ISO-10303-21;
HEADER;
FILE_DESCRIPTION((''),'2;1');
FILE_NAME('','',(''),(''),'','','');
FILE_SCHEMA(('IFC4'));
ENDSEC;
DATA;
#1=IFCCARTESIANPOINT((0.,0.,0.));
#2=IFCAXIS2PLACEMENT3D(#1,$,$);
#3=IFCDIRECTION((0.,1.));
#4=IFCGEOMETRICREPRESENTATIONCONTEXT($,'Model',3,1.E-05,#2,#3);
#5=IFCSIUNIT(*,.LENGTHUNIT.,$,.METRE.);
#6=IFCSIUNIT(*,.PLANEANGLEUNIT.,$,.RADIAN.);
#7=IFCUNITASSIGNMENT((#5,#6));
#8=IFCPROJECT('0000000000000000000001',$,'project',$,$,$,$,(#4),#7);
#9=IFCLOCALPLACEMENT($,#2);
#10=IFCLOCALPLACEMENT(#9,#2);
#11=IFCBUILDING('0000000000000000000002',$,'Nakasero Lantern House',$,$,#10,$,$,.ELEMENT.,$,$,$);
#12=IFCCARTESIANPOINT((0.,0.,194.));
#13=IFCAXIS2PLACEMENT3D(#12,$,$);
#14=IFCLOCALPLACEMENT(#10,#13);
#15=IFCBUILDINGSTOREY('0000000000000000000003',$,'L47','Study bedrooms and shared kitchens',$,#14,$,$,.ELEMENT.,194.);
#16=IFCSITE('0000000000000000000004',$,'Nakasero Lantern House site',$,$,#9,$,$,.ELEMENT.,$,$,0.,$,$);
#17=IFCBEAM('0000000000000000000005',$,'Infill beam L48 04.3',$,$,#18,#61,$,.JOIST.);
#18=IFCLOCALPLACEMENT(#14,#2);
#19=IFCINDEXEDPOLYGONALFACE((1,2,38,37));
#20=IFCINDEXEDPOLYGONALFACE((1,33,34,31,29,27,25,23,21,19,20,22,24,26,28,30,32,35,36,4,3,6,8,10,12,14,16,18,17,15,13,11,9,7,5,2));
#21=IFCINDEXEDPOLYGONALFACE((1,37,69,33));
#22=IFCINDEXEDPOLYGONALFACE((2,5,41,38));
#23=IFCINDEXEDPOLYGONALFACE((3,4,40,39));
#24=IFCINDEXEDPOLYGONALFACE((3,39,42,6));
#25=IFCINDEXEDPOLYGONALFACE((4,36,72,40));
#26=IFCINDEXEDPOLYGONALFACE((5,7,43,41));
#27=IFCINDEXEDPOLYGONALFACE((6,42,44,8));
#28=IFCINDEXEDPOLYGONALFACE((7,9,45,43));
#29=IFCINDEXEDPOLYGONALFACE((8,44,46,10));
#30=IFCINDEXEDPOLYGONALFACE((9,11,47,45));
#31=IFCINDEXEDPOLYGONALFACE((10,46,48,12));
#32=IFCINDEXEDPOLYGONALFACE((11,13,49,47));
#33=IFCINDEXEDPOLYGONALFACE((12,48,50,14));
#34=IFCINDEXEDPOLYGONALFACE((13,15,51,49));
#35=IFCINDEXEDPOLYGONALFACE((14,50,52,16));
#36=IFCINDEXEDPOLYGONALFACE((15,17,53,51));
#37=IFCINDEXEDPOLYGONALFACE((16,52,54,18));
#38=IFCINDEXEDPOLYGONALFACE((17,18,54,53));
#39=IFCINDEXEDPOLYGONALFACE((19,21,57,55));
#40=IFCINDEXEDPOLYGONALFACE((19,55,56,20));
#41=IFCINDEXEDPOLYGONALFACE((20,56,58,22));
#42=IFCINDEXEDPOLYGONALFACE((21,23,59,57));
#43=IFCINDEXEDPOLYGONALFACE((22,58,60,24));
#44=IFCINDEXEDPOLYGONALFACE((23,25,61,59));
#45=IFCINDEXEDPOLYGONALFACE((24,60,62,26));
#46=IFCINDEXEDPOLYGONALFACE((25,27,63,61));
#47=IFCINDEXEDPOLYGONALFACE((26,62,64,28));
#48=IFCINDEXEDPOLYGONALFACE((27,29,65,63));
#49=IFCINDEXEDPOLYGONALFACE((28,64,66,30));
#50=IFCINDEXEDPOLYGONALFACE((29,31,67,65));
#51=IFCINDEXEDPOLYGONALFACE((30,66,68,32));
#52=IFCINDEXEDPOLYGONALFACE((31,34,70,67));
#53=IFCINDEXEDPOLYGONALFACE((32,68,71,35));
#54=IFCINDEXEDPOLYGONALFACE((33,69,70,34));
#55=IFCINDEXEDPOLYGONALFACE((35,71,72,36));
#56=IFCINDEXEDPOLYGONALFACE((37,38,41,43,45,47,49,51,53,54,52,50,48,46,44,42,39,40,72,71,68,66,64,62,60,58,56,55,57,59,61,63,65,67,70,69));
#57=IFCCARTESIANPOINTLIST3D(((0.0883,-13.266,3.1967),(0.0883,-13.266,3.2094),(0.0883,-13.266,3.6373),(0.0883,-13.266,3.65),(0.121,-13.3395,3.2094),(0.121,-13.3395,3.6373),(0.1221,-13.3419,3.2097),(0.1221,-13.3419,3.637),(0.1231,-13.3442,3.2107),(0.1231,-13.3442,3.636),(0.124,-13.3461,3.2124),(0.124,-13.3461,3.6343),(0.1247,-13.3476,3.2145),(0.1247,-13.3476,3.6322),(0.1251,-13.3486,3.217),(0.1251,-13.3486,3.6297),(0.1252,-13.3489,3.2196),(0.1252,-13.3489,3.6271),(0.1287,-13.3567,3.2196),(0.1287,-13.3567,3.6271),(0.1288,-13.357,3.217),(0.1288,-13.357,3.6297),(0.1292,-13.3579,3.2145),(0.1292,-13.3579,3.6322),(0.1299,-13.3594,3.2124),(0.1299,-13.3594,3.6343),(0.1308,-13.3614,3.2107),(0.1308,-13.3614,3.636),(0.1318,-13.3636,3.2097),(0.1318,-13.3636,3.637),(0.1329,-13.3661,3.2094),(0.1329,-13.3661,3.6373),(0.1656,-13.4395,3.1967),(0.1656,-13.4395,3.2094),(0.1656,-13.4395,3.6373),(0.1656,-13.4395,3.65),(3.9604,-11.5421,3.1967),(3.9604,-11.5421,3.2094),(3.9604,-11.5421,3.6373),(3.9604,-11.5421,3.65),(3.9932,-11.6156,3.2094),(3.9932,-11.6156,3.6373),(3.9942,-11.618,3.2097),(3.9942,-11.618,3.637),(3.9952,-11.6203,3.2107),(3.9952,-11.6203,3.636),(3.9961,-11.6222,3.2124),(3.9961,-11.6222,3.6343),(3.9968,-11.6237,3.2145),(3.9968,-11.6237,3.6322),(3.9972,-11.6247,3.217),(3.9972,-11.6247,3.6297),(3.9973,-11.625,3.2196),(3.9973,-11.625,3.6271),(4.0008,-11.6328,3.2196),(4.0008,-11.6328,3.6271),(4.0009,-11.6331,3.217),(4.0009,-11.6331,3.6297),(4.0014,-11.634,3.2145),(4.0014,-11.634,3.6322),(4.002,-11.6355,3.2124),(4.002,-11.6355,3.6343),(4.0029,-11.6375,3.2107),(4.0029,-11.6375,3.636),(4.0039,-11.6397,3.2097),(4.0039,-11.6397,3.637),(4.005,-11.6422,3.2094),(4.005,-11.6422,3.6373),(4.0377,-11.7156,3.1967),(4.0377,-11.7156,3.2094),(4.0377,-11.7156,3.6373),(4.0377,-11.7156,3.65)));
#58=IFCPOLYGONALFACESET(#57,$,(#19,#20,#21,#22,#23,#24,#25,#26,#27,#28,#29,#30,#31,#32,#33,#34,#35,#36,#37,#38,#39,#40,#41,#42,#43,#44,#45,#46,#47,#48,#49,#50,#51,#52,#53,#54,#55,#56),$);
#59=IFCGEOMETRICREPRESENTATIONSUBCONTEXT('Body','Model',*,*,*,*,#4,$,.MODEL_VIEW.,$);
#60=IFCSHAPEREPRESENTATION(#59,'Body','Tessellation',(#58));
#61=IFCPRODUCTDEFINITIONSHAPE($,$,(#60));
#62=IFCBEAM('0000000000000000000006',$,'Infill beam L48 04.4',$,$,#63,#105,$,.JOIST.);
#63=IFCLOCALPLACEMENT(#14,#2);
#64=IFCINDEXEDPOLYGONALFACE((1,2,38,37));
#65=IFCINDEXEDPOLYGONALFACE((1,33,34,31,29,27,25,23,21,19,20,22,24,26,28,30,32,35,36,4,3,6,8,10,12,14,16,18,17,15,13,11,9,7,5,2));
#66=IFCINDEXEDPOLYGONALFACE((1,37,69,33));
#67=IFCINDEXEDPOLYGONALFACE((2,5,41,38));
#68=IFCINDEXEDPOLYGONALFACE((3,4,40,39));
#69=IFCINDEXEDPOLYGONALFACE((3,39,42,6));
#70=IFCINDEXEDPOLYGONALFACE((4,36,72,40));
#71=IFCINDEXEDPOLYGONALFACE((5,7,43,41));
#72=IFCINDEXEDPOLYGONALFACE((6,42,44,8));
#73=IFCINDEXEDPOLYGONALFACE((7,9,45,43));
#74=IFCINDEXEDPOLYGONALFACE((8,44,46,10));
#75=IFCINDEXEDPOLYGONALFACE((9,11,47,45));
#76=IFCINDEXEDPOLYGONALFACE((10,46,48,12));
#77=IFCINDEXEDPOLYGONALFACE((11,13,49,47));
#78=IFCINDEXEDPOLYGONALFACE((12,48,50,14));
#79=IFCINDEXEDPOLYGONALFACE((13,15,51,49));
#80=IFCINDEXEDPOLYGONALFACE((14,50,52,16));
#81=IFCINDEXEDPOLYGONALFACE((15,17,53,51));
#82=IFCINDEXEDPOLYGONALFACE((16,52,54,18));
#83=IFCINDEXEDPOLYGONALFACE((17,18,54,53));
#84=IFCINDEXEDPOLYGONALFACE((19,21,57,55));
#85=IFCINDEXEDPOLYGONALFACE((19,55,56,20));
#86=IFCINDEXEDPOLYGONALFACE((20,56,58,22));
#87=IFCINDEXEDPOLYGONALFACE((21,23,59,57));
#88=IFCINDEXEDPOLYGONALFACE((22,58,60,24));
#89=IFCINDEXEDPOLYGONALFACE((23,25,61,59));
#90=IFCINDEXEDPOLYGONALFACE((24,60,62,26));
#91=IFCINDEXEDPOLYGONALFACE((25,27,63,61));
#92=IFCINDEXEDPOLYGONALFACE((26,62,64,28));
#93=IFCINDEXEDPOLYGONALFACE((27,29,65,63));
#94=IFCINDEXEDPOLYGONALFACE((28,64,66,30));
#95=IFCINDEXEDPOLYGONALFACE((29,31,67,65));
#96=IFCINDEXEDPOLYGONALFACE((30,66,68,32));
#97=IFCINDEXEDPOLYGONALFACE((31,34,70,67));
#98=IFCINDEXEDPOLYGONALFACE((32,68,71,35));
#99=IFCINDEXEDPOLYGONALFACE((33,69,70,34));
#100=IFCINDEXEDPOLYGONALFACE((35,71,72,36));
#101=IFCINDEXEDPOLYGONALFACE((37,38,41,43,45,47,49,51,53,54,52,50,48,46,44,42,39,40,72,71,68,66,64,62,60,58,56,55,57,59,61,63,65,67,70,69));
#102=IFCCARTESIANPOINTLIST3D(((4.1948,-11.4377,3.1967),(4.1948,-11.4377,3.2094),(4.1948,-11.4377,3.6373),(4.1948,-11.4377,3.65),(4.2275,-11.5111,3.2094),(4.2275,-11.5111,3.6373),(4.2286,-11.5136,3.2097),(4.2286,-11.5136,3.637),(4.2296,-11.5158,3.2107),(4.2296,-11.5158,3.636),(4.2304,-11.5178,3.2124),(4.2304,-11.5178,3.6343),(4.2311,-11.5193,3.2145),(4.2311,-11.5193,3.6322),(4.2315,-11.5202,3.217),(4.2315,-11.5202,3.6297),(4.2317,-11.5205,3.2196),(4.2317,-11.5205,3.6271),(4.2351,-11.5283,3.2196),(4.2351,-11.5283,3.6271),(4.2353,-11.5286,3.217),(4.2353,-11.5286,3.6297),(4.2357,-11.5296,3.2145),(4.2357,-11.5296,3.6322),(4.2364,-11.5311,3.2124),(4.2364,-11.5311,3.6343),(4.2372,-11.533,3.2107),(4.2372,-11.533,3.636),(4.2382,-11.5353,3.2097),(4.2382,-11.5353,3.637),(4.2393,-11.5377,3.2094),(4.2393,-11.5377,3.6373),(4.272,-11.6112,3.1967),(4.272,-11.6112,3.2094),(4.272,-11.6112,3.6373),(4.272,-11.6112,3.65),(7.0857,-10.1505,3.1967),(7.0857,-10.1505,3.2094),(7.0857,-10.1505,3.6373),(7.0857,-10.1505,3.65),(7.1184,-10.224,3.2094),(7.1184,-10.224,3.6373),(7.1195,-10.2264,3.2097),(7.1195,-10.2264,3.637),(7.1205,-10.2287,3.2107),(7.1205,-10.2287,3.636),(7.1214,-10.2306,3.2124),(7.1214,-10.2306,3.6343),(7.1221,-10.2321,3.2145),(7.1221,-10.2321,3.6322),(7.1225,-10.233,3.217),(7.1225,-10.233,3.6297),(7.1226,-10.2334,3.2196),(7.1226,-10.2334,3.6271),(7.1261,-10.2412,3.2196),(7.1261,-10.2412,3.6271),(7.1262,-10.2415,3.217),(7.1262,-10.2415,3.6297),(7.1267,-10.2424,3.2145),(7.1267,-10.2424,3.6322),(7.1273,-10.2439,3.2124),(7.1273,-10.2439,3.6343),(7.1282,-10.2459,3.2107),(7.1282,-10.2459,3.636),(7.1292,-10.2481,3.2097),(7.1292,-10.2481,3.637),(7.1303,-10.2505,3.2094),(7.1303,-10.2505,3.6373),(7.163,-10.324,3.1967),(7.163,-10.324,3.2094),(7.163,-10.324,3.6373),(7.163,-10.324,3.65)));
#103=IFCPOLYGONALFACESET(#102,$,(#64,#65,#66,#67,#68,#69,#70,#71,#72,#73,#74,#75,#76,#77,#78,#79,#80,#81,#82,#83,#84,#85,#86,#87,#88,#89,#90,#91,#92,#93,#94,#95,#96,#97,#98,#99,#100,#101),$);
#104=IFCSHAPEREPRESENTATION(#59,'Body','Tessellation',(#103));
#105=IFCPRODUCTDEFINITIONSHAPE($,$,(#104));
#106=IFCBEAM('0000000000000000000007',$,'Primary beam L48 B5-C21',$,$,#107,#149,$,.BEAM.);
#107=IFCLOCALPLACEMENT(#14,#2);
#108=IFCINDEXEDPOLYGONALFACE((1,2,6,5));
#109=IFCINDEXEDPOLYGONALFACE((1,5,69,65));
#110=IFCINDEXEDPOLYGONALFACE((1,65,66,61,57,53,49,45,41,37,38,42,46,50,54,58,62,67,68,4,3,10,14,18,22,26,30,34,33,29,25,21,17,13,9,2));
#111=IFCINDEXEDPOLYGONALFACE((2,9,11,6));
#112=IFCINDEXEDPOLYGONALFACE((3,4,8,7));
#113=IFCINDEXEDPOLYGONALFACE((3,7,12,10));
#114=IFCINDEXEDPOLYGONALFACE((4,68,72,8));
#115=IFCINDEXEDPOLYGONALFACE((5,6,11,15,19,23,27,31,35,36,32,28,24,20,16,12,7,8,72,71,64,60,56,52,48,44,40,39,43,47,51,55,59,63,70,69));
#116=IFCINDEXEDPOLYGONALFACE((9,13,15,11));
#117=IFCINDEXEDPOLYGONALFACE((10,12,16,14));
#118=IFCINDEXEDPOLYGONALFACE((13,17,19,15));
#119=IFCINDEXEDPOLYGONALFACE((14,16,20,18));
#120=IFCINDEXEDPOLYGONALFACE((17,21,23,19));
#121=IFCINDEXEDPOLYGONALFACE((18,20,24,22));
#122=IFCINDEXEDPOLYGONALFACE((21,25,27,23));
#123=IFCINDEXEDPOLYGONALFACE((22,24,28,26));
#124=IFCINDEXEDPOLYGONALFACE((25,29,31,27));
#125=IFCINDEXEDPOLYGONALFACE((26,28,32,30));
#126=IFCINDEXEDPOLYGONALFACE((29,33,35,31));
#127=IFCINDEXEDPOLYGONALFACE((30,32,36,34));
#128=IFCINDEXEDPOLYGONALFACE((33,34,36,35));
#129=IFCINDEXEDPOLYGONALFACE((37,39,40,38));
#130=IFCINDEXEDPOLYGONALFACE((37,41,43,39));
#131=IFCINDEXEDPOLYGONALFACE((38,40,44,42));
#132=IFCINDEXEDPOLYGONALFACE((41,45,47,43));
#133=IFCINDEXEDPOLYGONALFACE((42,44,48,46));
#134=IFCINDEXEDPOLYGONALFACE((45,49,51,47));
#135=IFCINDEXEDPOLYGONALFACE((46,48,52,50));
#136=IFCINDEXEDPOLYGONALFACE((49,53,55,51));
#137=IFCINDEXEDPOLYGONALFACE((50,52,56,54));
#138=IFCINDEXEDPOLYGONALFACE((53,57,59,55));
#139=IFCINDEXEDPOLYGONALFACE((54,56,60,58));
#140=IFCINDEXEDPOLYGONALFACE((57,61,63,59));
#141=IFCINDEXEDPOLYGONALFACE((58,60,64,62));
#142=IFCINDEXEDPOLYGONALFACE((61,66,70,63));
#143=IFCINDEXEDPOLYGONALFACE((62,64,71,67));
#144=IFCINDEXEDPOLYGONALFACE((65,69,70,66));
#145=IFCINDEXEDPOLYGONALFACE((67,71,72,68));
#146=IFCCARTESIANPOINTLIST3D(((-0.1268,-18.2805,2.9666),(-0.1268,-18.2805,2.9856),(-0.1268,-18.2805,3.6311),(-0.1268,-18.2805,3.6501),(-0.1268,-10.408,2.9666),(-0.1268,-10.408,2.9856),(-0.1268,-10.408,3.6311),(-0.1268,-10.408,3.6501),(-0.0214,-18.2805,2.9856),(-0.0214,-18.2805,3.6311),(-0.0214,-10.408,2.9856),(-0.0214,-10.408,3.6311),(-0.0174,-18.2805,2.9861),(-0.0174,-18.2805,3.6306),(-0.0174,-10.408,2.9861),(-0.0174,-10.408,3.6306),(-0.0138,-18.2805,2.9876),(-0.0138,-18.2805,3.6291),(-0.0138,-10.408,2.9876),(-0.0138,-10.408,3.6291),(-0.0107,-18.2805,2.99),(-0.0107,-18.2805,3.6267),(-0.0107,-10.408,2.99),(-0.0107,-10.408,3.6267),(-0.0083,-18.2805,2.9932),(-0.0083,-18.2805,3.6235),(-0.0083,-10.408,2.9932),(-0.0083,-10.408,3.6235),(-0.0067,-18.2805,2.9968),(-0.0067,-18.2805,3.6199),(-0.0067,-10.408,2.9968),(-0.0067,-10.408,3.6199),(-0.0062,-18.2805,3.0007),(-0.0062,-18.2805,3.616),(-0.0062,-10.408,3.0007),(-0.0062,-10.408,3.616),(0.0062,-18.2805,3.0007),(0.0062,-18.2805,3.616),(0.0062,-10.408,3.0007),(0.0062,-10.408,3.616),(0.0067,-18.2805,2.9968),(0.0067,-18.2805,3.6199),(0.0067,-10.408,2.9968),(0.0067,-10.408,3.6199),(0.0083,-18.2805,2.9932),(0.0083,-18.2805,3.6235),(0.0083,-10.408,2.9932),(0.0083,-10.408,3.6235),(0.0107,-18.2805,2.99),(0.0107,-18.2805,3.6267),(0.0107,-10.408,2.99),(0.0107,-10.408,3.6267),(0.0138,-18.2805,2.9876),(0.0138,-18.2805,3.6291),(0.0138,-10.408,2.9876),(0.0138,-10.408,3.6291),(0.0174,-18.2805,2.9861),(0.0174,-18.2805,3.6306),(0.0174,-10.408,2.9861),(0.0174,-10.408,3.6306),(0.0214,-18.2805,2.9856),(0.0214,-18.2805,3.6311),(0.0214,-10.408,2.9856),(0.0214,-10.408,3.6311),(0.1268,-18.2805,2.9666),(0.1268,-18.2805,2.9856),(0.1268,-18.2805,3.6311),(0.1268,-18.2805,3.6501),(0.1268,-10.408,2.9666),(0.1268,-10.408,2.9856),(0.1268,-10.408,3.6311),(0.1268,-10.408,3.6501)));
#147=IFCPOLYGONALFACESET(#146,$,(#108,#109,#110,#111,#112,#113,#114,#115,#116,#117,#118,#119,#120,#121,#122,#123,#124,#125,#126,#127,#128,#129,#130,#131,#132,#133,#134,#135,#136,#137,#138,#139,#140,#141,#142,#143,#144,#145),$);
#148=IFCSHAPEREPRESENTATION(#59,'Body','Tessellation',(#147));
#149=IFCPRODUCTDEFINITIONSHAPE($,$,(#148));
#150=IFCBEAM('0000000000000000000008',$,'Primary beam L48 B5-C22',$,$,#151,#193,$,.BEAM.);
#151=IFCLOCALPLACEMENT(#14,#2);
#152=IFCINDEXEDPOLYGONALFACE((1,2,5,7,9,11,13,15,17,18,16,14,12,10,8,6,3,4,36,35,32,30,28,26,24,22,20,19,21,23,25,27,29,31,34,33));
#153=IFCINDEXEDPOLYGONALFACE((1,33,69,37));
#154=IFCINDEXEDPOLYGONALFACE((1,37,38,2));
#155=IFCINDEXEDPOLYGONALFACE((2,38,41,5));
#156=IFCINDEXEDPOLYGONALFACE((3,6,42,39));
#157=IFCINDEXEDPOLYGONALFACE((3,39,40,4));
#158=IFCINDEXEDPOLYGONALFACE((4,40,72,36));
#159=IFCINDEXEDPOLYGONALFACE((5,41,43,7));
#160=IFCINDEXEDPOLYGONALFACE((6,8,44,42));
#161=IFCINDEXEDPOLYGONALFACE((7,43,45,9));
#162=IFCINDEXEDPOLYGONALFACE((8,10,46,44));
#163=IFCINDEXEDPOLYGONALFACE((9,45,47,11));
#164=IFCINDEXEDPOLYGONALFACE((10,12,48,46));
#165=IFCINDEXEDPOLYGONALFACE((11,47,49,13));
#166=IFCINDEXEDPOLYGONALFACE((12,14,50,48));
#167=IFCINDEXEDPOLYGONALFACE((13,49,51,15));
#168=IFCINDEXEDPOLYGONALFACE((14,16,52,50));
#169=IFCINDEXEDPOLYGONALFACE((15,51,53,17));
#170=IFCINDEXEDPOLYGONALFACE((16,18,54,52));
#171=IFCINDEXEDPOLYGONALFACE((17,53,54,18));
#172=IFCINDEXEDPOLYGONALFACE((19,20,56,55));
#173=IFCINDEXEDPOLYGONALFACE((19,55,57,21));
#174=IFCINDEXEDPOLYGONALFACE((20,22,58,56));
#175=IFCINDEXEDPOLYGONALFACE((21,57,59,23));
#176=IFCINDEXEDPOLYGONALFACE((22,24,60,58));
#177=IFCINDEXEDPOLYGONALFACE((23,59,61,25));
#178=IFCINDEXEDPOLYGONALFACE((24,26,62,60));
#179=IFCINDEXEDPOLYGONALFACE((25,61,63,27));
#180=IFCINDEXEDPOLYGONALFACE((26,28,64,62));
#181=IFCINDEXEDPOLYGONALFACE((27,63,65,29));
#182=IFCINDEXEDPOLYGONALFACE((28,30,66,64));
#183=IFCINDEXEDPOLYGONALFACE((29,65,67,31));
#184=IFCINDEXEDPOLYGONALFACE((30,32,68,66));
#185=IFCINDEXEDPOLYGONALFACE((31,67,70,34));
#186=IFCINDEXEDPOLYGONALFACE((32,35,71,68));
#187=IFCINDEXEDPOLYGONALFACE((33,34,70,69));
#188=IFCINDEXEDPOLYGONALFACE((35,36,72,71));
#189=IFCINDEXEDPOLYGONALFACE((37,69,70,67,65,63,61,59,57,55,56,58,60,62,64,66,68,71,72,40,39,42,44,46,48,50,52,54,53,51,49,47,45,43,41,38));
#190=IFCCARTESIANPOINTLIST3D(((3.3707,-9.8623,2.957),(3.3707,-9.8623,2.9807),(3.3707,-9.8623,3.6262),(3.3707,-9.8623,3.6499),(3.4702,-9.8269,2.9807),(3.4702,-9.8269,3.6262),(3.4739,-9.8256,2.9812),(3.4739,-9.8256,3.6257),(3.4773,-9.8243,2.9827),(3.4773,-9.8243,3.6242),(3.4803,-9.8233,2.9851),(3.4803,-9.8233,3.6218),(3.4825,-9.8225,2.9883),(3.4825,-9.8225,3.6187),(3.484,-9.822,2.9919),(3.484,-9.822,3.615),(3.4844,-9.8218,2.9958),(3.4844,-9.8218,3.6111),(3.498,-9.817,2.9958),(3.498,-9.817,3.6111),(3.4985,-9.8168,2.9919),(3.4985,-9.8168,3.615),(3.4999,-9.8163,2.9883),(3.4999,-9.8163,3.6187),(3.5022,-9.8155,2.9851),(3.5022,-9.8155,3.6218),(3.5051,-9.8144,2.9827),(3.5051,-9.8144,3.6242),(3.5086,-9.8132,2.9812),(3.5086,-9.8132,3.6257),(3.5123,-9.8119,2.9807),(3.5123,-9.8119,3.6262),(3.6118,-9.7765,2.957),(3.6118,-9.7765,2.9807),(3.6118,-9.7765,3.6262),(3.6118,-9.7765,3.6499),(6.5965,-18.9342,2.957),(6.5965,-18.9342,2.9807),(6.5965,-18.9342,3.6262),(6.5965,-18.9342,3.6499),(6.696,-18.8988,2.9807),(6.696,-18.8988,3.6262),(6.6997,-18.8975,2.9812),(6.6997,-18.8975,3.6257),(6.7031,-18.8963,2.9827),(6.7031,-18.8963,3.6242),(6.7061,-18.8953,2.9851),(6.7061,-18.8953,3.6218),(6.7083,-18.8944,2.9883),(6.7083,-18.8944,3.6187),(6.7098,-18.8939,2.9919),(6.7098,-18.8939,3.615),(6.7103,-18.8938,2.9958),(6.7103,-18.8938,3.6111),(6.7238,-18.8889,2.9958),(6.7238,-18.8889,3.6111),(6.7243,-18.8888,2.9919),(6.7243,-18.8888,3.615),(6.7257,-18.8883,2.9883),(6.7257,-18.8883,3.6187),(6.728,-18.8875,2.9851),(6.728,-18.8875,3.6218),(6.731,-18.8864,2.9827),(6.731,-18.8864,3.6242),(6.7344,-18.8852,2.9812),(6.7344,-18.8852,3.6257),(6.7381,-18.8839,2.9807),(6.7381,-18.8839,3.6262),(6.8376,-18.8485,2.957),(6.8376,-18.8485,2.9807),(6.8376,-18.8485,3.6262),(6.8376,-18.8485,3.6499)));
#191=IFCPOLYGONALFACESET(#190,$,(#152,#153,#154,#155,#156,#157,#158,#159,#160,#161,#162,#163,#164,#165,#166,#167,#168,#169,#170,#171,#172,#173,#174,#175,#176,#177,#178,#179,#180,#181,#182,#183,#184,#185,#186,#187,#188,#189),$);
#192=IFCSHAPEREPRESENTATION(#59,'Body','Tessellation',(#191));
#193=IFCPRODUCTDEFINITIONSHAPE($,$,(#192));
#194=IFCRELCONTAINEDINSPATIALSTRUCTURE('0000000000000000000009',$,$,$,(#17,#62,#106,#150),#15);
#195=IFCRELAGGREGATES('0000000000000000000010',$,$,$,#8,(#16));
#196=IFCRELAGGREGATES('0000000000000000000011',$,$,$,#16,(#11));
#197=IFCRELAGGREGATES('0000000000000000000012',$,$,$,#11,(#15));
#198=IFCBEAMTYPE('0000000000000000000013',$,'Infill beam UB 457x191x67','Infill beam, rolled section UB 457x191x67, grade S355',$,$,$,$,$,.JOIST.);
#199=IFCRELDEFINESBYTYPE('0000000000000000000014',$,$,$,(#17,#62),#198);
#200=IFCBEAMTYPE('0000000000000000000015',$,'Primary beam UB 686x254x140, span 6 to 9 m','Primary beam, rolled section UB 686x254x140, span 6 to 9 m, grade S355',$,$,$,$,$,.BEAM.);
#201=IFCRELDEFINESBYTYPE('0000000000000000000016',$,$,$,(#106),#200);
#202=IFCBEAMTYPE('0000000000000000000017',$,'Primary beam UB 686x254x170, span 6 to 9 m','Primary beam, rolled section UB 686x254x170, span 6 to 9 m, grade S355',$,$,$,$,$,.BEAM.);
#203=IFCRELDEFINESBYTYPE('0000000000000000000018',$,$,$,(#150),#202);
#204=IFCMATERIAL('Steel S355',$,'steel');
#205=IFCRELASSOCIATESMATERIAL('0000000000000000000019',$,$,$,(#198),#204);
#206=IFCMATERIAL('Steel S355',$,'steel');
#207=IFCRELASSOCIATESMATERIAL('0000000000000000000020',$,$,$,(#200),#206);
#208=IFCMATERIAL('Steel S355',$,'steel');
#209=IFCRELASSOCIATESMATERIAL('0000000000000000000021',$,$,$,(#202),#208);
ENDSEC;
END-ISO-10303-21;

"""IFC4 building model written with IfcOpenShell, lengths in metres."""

from ifc_helpers import new_model, si_unit, direction, frame, origin, origin_2d, place, context, subcontext, project, spatial, i_section, extrude, material, material_profile, profile_set, type_object, element, save


model = new_model("IFC4")

# Units and contexts
model_context = context("Model", 3, precision=1e-05, world=origin(), true_north=direction((0.0, 1.0)))
body_context = subcontext(model_context, "Body", "Model", "MODEL_VIEW")
ifc_project = project(units=[si_unit("LENGTHUNIT", "METRE"), si_unit("PLANEANGLEUNIT", "RADIAN")], contexts=[model_context])

# Site, building, storey
site_placement = place(None, origin())
site = spatial("IfcSite", under=ifc_project, at=site_placement, Name="Nakasero Lantern House site", CompositionType="ELEMENT", RefElevation=0.0)
building_placement = place(site_placement, origin())
building = spatial("IfcBuilding", under=site, at=building_placement, Name="Nakasero Lantern House", CompositionType="ELEMENT")
storey_placement = place(building_placement, frame((0.0, 0.0, 194.0)))
storey = spatial("IfcBuildingStorey", under=building, at=storey_placement, Name="L47", Description="Study bedrooms and shared kitchens", CompositionType="ELEMENT", Elevation=194.0)

# Beams
ifc_material_1 = material(Name="Steel S355", Category="steel")
ifc_material_profile_1 = material_profile(ifc_material_1, i_section(OverallWidth=0.1899, OverallDepth=0.4534, WebThickness=0.0085, FlangeThickness=0.0127, FilletRadius=0.0103, at=origin_2d()), Name="UB 457x191x67")
ifc_profile_set_1 = profile_set([ifc_material_profile_1], Name="Steel S355")
beam_type_1 = type_object("IfcBeamType", Name="Infill beam UB 457x191x67", Description="Infill beam, rolled section UB 457x191x67, grade S355", PredefinedType="JOIST", material=ifc_profile_set_1)
beam_1_placement = place(storey_placement, frame((0.127, -13.3528, 3.4233), z_axis=(0.913552, 0.406721, 0.0), x_axis=(-0.406721, 0.913552, 0.0)))
element("IfcBeam", 1, at=beam_1_placement, inside=storey, type_object=beam_type_1, Name="Infill beam L48 04.3", PredefinedType="JOIST", context=body_context, shape_type="SweptSolid", body=[
    extrude(i_section(OverallWidth=0.1899, OverallDepth=0.4534, WebThickness=0.0085, FlangeThickness=0.0127, FilletRadius=0.0103, at=origin_2d()), origin(), (0.0, 0.0, 1.0), 4.2385),
])
beam_2_placement = place(storey_placement, frame((4.2334, -11.5244, 3.4233), z_axis=(0.913544, 0.40674, 0.0), x_axis=(-0.40674, 0.913544, 0.0)))
element("IfcBeam", 2, at=beam_2_placement, inside=storey, type_object=beam_type_1, Name="Infill beam L48 04.4", PredefinedType="JOIST", context=body_context, shape_type="SweptSolid", body=[
    extrude(i_section(OverallWidth=0.1899, OverallDepth=0.4534, WebThickness=0.0085, FlangeThickness=0.0127, FilletRadius=0.0103, at=origin_2d()), origin(), (0.0, 0.0, 1.0), 3.1646),
])
ifc_material_2 = material(Name="Steel S355", Category="steel")
ifc_material_profile_2 = material_profile(ifc_material_2, i_section(OverallWidth=0.2537, OverallDepth=0.6836, WebThickness=0.0125, FlangeThickness=0.019, FilletRadius=0.0151, at=origin_2d()), Name="UB 686x254x140")
ifc_profile_set_2 = profile_set([ifc_material_profile_2], Name="Steel S355")
beam_type_2 = type_object("IfcBeamType", Name="Primary beam UB 686x254x140, span 6 to 9 m", Description="Primary beam, rolled section UB 686x254x140, span 6 to 9 m, grade S355", PredefinedType="BEAM", material=ifc_profile_set_2)
beam_3_placement = place(storey_placement, frame((0.0, -18.2805, 3.3083), z_axis=(0.0, 1.0, 0.0), x_axis=(-1.0, 0.0, 0.0)))
element("IfcBeam", 3, at=beam_3_placement, inside=storey, type_object=beam_type_2, Name="Primary beam L48 B5-C21", PredefinedType="BEAM", context=body_context, shape_type="SweptSolid", body=[
    extrude(i_section(OverallWidth=0.2537, OverallDepth=0.6836, WebThickness=0.0125, FlangeThickness=0.019, FilletRadius=0.0151, at=origin_2d()), origin(), (0.0, 0.0, 1.0), 7.8726),
])
ifc_material_3 = material(Name="Steel S355", Category="steel")
ifc_material_profile_3 = material_profile(ifc_material_3, i_section(OverallWidth=0.2559, OverallDepth=0.6929, WebThickness=0.0144, FlangeThickness=0.0237, FilletRadius=0.0151, at=origin_2d()), Name="UB 686x254x170")
ifc_profile_set_3 = profile_set([ifc_material_profile_3], Name="Steel S355")
beam_type_3 = type_object("IfcBeamType", Name="Primary beam UB 686x254x170, span 6 to 9 m", Description="Primary beam, rolled section UB 686x254x170, span 6 to 9 m, grade S355", PredefinedType="BEAM", material=ifc_profile_set_3)
beam_4_placement = place(storey_placement, frame((6.717, -18.8914, 3.3035), z_axis=(-0.33503, 0.942207, 0.0), x_axis=(-0.942207, -0.33503, 0.0)))
element("IfcBeam", 4, at=beam_4_placement, inside=storey, type_object=beam_type_3, Name="Primary beam L48 B5-C22", PredefinedType="BEAM", context=body_context, shape_type="SweptSolid", body=[
    extrude(i_section(OverallWidth=0.2559, OverallDepth=0.6929, WebThickness=0.0144, FlangeThickness=0.0237, FilletRadius=0.0151, at=origin_2d()), origin(), (0.0, 0.0, 1.0), 9.6284),
])

save(model, "model.ifc")
